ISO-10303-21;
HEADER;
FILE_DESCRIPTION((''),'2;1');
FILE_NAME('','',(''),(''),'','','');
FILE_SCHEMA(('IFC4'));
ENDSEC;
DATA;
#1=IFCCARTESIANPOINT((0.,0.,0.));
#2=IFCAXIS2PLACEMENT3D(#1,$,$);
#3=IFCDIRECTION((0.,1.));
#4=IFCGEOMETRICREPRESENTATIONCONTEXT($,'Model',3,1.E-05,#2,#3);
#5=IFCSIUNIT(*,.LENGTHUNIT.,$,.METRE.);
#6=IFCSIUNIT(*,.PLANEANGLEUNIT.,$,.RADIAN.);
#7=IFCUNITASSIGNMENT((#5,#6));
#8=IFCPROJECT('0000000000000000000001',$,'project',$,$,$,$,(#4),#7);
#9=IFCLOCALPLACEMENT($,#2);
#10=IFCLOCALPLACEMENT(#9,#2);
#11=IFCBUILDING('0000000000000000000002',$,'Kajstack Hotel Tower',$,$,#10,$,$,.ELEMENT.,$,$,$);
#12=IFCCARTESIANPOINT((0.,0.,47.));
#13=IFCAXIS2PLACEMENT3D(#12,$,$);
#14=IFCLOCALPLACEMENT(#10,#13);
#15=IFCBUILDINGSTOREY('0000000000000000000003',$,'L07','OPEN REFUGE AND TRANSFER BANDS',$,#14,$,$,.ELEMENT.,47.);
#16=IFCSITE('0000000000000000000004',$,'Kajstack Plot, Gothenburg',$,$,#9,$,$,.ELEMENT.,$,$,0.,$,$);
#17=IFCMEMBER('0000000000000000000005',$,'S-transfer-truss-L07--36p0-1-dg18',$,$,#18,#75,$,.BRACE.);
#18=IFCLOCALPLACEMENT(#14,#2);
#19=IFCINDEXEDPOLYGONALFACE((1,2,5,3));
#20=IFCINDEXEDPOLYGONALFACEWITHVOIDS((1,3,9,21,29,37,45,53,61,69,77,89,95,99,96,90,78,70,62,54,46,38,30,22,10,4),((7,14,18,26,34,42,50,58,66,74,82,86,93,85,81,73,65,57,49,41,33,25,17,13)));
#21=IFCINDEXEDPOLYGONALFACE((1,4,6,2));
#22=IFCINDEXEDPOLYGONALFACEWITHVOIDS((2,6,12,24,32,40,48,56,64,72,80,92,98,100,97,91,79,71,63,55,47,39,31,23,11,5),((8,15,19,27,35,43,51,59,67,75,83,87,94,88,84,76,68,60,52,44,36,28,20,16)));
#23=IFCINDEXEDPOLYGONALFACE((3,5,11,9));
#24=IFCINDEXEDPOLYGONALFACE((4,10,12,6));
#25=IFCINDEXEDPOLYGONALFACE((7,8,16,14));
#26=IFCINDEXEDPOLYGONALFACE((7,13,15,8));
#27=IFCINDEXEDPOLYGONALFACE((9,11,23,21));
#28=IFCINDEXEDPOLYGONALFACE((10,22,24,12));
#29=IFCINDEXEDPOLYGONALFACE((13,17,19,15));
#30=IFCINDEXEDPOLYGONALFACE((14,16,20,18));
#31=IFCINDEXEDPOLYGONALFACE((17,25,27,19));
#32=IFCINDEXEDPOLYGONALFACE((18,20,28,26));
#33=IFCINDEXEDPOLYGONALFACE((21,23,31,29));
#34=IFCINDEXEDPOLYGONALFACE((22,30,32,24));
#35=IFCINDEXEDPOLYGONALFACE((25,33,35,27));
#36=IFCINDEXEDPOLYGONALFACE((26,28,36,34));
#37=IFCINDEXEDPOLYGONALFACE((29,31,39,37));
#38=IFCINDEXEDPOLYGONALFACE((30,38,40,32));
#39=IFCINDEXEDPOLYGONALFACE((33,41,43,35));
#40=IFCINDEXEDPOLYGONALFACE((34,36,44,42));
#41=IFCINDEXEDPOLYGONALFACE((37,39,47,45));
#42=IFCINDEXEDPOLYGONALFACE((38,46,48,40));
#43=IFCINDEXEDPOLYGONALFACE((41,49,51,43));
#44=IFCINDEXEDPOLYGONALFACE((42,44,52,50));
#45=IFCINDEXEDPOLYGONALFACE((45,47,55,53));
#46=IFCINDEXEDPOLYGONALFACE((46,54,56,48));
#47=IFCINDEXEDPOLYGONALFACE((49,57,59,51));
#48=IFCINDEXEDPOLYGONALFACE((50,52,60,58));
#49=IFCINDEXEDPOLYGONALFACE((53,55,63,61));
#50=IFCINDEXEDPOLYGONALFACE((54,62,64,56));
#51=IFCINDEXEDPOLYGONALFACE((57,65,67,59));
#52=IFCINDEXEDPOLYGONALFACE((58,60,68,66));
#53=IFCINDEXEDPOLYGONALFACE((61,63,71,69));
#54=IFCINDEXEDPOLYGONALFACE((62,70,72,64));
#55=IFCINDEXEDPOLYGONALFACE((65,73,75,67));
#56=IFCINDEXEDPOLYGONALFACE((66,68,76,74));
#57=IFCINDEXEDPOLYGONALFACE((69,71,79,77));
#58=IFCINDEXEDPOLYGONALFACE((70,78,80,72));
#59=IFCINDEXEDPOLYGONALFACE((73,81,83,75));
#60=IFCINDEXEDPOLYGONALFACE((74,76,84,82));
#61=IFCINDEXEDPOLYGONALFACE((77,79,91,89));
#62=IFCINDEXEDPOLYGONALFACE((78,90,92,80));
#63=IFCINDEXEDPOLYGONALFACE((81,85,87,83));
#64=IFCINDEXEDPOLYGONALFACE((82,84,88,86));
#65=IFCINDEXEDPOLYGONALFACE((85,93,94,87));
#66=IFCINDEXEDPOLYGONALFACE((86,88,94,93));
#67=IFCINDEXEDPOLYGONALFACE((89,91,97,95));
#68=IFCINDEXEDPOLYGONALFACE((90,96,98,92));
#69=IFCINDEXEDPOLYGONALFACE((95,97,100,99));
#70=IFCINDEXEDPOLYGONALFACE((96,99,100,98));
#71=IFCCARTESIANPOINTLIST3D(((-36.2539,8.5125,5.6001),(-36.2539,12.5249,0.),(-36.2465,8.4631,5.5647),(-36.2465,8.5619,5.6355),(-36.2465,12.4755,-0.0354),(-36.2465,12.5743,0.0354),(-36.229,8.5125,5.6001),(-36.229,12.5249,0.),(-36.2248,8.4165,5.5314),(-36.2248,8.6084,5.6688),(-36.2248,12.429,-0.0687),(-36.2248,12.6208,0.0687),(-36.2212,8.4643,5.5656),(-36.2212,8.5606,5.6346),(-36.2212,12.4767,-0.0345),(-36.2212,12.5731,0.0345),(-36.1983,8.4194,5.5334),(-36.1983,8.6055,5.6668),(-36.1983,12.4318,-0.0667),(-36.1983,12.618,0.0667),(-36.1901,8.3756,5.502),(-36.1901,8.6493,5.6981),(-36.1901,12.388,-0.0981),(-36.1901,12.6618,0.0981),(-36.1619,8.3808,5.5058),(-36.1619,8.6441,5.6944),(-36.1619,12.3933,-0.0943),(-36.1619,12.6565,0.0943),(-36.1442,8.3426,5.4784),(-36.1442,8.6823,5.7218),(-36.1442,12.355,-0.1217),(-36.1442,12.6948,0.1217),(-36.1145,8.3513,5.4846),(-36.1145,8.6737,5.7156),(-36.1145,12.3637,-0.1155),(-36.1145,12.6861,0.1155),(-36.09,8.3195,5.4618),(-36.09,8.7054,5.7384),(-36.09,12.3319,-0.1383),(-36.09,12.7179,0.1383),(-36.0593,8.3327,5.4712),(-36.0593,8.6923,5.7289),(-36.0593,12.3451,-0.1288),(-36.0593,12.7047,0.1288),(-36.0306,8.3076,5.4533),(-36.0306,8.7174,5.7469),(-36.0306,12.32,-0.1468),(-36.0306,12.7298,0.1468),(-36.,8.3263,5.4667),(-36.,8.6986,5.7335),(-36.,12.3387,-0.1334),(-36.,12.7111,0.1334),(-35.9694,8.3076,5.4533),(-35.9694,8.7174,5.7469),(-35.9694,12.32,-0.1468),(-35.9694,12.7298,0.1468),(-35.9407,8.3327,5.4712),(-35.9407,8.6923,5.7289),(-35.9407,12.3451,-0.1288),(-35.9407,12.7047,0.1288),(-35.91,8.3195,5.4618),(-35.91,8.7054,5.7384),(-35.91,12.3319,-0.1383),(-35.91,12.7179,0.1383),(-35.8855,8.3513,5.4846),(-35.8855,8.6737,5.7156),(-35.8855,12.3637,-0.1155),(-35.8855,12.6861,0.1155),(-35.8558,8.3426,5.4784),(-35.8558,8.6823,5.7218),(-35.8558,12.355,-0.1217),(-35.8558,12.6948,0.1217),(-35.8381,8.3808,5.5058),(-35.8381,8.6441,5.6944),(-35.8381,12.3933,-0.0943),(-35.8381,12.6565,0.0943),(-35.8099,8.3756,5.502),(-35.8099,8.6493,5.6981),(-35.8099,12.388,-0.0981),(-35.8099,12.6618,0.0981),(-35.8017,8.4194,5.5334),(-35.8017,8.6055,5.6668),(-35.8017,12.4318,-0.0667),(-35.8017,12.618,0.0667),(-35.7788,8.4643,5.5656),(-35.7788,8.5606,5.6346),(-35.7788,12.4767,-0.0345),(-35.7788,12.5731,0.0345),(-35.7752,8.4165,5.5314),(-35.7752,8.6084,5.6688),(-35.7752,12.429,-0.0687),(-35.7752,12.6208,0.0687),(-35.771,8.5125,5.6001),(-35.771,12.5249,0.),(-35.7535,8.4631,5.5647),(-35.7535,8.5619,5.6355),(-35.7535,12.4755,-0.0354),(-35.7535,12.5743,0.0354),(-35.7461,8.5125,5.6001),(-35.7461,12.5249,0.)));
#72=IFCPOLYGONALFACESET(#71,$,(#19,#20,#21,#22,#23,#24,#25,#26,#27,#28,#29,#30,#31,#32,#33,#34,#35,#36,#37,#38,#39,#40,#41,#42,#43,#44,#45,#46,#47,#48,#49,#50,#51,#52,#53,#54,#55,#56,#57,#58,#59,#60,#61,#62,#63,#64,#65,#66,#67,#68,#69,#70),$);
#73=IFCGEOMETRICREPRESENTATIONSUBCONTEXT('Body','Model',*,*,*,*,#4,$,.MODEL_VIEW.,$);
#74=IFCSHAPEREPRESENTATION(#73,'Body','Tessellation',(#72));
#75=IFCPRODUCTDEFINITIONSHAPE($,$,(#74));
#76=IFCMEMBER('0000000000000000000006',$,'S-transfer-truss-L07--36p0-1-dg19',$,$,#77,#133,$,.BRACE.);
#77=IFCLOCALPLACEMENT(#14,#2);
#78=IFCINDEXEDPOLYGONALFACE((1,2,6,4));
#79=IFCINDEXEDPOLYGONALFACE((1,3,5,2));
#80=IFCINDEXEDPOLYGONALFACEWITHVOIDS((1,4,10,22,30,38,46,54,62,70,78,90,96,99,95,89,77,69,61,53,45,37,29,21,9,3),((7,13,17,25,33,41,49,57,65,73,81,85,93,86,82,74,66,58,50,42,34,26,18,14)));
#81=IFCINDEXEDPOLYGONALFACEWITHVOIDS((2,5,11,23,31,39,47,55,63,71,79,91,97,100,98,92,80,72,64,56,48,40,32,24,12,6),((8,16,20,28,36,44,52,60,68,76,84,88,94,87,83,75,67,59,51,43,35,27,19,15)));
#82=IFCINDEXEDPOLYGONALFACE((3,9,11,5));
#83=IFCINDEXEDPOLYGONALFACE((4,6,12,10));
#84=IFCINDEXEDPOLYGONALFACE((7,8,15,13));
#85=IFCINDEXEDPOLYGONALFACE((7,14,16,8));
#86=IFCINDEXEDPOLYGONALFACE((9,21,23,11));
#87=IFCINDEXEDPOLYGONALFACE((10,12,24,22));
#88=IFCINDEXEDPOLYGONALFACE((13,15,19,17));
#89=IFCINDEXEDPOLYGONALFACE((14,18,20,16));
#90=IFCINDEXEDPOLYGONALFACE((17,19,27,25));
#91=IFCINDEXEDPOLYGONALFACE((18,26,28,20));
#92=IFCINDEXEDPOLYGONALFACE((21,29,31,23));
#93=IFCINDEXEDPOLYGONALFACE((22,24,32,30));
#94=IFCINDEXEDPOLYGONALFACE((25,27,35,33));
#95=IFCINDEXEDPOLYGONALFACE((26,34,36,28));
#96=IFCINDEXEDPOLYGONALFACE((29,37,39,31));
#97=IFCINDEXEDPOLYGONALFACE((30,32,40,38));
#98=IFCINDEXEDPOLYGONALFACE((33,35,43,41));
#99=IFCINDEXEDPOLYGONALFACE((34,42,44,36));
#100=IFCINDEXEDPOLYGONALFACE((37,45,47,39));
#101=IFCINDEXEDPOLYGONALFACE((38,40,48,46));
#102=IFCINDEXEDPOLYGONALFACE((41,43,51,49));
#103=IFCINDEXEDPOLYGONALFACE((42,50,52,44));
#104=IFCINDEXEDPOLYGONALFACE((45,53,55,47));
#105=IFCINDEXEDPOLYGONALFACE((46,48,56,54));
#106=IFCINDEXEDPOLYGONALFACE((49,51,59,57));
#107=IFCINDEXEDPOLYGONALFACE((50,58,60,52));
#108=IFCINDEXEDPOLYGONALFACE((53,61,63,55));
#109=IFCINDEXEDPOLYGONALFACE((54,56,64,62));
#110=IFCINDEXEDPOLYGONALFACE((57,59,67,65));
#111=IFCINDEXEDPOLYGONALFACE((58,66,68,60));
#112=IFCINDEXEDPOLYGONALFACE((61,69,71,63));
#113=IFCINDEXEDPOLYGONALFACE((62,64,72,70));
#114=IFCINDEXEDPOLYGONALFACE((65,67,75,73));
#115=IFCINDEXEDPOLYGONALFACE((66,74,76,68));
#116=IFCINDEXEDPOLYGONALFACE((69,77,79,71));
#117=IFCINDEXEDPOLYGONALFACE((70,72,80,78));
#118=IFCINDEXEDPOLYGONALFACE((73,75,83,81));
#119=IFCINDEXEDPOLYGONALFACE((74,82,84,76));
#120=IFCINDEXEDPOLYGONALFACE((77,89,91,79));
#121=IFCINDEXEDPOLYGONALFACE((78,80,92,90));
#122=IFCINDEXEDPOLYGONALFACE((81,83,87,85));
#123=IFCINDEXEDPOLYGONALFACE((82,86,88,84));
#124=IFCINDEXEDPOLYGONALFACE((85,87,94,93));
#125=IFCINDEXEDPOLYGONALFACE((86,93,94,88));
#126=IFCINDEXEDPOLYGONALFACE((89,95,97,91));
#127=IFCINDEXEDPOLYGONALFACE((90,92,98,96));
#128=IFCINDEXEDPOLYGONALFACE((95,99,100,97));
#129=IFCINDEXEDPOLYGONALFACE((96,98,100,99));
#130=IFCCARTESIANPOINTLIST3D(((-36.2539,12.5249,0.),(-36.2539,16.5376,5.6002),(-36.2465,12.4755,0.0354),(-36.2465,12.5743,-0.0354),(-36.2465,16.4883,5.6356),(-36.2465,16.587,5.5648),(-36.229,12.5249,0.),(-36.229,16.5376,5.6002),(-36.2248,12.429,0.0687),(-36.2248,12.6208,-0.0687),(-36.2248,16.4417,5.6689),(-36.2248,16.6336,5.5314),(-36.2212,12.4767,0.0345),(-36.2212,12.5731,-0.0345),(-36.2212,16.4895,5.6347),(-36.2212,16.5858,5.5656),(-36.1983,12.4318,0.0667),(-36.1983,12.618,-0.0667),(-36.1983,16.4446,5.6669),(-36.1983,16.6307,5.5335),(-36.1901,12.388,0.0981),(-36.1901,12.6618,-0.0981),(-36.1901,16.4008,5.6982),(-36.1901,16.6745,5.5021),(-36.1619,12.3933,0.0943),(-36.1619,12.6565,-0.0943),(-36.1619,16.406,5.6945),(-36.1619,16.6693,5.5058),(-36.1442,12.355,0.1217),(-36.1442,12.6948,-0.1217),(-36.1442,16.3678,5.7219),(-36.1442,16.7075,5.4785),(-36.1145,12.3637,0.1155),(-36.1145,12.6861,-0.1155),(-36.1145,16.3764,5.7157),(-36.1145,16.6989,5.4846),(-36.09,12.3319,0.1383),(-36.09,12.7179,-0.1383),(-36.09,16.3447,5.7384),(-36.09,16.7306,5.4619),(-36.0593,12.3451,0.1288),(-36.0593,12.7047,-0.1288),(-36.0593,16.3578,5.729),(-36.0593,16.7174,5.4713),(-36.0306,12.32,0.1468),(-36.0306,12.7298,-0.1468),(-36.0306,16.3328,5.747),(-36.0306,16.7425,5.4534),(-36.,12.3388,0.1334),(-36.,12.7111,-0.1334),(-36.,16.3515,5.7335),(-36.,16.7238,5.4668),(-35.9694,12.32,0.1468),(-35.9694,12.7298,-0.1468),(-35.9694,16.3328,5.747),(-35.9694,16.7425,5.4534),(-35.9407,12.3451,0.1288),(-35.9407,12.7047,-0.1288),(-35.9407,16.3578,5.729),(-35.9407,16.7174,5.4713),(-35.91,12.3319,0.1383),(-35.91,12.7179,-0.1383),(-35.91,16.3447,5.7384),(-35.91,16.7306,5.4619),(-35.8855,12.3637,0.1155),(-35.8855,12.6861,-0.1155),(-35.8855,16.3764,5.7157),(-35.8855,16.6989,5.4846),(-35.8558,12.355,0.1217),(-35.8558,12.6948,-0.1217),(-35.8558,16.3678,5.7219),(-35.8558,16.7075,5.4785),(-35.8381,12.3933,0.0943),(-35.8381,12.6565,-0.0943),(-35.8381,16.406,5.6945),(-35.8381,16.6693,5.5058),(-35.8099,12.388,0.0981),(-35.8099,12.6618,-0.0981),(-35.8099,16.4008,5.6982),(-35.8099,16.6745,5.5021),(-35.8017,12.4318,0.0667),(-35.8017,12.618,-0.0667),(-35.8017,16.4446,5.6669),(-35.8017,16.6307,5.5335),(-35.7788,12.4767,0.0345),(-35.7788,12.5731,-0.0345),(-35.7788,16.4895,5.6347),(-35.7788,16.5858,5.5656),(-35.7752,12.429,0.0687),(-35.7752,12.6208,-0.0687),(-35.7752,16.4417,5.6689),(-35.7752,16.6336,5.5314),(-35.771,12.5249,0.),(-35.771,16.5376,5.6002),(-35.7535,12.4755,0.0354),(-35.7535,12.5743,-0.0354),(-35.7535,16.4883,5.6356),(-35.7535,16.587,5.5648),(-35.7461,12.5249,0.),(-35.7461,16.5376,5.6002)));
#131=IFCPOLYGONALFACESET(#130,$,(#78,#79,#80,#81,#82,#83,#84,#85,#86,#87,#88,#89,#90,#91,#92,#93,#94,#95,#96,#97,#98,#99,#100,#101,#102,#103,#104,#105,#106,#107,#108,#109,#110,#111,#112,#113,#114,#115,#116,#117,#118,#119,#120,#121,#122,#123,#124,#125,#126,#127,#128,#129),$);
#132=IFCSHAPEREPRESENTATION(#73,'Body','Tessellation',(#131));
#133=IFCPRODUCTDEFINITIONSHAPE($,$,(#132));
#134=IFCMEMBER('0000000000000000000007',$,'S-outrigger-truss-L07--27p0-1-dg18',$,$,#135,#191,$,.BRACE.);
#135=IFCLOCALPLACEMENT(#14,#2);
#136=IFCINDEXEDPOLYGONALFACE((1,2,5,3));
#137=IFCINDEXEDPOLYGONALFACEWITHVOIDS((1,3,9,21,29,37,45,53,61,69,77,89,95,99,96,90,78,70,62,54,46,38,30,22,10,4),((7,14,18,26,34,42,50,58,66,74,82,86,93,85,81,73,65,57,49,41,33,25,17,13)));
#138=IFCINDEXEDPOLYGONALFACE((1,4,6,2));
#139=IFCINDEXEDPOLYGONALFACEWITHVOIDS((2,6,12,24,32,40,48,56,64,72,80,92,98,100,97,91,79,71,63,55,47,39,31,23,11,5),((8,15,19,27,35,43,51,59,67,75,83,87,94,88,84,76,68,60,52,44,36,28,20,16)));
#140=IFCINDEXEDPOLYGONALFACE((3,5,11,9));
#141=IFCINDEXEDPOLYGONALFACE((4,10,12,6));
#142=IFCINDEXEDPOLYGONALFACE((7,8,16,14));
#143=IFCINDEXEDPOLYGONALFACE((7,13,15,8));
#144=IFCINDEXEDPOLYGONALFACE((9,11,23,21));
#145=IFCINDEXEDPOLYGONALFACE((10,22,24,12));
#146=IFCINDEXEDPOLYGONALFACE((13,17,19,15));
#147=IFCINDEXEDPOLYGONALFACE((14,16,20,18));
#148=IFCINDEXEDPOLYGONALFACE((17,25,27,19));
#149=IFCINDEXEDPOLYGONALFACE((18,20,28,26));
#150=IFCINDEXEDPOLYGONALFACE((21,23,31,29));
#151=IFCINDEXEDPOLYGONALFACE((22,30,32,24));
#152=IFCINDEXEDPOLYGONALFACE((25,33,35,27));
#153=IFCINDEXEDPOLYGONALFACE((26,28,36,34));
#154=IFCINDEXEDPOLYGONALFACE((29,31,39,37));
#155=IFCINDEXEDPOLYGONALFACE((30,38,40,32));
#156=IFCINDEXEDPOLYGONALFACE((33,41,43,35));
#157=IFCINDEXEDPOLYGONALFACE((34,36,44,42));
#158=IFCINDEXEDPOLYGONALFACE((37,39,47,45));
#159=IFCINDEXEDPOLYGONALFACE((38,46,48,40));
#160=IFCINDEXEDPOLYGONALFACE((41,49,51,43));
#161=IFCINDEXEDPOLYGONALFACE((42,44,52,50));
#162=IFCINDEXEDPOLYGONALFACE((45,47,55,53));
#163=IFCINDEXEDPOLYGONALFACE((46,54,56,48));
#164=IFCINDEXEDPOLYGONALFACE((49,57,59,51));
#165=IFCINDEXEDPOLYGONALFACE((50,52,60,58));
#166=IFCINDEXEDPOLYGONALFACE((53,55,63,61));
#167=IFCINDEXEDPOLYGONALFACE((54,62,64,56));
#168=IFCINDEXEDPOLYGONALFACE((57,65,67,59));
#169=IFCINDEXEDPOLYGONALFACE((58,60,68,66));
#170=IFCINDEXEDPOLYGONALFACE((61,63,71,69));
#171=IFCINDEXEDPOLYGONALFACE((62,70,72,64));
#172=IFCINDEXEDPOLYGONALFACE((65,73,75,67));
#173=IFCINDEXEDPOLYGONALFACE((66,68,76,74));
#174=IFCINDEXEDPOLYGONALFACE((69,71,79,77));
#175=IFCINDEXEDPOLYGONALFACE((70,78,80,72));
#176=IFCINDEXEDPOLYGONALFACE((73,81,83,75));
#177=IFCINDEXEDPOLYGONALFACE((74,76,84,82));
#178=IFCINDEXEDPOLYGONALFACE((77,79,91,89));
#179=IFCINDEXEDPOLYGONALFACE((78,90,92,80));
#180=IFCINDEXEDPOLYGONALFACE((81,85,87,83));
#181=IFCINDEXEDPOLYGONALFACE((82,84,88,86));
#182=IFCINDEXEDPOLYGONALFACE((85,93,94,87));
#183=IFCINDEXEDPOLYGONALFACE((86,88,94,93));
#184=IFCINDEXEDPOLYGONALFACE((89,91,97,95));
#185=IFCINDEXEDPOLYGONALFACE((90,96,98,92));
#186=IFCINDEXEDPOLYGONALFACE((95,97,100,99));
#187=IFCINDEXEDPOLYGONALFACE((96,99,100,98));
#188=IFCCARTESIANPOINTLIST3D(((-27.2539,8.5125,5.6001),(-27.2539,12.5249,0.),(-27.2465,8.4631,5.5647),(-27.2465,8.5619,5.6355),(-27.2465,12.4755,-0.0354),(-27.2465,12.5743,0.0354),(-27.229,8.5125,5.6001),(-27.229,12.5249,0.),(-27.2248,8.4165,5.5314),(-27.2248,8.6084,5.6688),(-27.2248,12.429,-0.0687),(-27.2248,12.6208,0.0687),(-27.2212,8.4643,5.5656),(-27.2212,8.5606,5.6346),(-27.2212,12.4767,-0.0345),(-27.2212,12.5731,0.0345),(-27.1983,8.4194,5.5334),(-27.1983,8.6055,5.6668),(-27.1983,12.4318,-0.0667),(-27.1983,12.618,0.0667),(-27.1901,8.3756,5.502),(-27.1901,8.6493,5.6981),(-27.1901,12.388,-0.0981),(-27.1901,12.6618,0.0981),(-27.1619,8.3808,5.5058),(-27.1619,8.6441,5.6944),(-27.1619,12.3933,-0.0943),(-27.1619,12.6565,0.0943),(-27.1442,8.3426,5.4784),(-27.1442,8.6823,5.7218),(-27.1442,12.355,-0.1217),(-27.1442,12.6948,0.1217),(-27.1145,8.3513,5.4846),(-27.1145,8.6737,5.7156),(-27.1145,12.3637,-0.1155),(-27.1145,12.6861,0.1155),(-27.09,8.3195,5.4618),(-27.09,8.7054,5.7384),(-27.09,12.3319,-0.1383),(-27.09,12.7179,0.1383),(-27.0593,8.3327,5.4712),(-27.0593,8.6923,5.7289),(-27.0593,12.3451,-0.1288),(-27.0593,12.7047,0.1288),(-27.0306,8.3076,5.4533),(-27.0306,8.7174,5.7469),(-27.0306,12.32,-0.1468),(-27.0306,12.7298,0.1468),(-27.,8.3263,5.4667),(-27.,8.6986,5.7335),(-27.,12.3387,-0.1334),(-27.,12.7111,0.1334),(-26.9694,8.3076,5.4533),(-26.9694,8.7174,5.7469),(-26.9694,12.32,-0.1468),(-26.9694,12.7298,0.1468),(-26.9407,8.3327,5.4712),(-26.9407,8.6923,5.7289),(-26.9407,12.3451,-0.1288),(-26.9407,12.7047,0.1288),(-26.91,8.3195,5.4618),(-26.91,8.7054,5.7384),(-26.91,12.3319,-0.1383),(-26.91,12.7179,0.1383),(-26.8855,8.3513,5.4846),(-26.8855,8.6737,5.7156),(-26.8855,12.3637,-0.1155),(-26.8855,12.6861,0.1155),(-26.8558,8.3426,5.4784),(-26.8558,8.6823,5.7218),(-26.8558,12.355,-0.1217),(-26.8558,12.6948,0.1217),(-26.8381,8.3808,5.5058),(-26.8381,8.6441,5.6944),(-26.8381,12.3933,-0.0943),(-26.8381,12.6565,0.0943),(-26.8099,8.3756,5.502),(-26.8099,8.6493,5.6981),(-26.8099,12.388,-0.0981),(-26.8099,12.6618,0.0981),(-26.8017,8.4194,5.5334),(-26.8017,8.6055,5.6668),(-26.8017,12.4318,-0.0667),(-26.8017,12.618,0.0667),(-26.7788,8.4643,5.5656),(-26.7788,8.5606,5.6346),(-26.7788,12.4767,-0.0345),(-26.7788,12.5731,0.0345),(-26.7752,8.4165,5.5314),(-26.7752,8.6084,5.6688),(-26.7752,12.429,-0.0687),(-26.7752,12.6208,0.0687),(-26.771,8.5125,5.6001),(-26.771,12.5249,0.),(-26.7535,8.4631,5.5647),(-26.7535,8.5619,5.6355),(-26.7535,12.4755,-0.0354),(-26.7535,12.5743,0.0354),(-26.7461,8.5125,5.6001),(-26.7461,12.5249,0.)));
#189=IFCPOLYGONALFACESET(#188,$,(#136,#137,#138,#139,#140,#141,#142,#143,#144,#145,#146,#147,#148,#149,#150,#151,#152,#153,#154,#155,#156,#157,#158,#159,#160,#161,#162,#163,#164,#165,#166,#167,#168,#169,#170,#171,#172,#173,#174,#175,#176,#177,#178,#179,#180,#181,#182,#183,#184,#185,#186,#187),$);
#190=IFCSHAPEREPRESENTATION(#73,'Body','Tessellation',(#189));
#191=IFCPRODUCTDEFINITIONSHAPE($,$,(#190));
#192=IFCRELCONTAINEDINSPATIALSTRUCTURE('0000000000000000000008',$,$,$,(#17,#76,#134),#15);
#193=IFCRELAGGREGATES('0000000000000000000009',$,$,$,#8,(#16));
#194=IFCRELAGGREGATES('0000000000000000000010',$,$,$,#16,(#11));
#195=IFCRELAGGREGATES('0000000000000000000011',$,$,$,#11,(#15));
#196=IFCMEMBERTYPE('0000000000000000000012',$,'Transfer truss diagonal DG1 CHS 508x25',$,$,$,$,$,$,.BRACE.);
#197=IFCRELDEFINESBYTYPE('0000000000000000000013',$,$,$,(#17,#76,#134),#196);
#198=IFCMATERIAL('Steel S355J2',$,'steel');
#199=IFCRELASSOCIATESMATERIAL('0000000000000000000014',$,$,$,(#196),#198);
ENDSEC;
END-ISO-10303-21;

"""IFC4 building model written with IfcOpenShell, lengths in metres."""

from ifc_helpers import new_model, si_unit, direction, frame, origin, origin_2d, place, context, subcontext, project, spatial, hollow_circle, extrude, material, material_profile, profile_set, type_object, element, save


model = new_model("IFC4")

# Units and contexts
model_context = context("Model", 3, precision=1e-05, world=origin(), true_north=direction((0.0, 1.0)))
body_context = subcontext(model_context, "Body", "Model", "MODEL_VIEW")
ifc_project = project(units=[si_unit("LENGTHUNIT", "METRE"), si_unit("PLANEANGLEUNIT", "RADIAN")], contexts=[model_context])

# Site, building, storey
site_placement = place(None, origin())
site = spatial("IfcSite", under=ifc_project, at=site_placement, Name="Kajstack Plot, Gothenburg", CompositionType="ELEMENT", RefElevation=0.0)
building_placement = place(site_placement, origin())
building = spatial("IfcBuilding", under=site, at=building_placement, Name="Kajstack Hotel Tower", CompositionType="ELEMENT")
storey_placement = place(building_placement, frame((0.0, 0.0, 47.0)))
storey = spatial("IfcBuildingStorey", under=building, at=storey_placement, Name="L07", Description="OPEN REFUGE AND TRANSFER BANDS", CompositionType="ELEMENT", Elevation=47.0)

# Members
ifc_material = material(Name="Steel S355J2", Category="steel")
ifc_material_profile_1 = material_profile(ifc_material, hollow_circle(Radius=0.2539, WallThickness=0.0249, at=origin_2d()), Name="CHS 508x25")
ifc_profile_set_1 = profile_set([ifc_material_profile_1], Name="Steel S355J2")
member_type_1 = type_object("IfcMemberType", Name="Transfer truss diagonal DG1 CHS 508x25", PredefinedType="BRACE", material=ifc_profile_set_1)
member_1_placement = place(storey_placement, frame((-36.0, 12.5249, 0.0), z_axis=(0.0, -0.582428, 0.812883), x_axis=(1.0, 0.0, 0.0)))
element("IfcMember", 1, at=member_1_placement, inside=storey, type_object=member_type_1, Name="S-transfer-truss-L07--36p0-1-dg18", PredefinedType="BRACE", context=body_context, shape_type="SweptSolid", body=[
    extrude(hollow_circle(Radius=0.2539, WallThickness=0.0249, at=origin_2d()), origin(), (0.0, 0.0, 1.0), 6.8892),
])
member_2_placement = place(storey_placement, frame((-36.0, 12.5249, 0.0), z_axis=(0.0, 0.582451, 0.812866), x_axis=(-1.0, 0.0, 0.0)))
element("IfcMember", 2, at=member_2_placement, inside=storey, type_object=member_type_1, Name="S-transfer-truss-L07--36p0-1-dg19", PredefinedType="BRACE", context=body_context, shape_type="SweptSolid", body=[
    extrude(hollow_circle(Radius=0.2539, WallThickness=0.0249, at=origin_2d()), origin(), (0.0, 0.0, 1.0), 6.8894),
])
member_3_placement = place(storey_placement, frame((-27.0, 12.5249, 0.0), z_axis=(0.0, -0.582428, 0.812883), x_axis=(1.0, 0.0, 0.0)))
element("IfcMember", 3, at=member_3_placement, inside=storey, type_object=member_type_1, Name="S-outrigger-truss-L07--27p0-1-dg18", PredefinedType="BRACE", context=body_context, shape_type="SweptSolid", body=[
    extrude(hollow_circle(Radius=0.2539, WallThickness=0.0249, at=origin_2d()), origin(), (0.0, 0.0, 1.0), 6.8892),
])

save(model, "model.ifc")
